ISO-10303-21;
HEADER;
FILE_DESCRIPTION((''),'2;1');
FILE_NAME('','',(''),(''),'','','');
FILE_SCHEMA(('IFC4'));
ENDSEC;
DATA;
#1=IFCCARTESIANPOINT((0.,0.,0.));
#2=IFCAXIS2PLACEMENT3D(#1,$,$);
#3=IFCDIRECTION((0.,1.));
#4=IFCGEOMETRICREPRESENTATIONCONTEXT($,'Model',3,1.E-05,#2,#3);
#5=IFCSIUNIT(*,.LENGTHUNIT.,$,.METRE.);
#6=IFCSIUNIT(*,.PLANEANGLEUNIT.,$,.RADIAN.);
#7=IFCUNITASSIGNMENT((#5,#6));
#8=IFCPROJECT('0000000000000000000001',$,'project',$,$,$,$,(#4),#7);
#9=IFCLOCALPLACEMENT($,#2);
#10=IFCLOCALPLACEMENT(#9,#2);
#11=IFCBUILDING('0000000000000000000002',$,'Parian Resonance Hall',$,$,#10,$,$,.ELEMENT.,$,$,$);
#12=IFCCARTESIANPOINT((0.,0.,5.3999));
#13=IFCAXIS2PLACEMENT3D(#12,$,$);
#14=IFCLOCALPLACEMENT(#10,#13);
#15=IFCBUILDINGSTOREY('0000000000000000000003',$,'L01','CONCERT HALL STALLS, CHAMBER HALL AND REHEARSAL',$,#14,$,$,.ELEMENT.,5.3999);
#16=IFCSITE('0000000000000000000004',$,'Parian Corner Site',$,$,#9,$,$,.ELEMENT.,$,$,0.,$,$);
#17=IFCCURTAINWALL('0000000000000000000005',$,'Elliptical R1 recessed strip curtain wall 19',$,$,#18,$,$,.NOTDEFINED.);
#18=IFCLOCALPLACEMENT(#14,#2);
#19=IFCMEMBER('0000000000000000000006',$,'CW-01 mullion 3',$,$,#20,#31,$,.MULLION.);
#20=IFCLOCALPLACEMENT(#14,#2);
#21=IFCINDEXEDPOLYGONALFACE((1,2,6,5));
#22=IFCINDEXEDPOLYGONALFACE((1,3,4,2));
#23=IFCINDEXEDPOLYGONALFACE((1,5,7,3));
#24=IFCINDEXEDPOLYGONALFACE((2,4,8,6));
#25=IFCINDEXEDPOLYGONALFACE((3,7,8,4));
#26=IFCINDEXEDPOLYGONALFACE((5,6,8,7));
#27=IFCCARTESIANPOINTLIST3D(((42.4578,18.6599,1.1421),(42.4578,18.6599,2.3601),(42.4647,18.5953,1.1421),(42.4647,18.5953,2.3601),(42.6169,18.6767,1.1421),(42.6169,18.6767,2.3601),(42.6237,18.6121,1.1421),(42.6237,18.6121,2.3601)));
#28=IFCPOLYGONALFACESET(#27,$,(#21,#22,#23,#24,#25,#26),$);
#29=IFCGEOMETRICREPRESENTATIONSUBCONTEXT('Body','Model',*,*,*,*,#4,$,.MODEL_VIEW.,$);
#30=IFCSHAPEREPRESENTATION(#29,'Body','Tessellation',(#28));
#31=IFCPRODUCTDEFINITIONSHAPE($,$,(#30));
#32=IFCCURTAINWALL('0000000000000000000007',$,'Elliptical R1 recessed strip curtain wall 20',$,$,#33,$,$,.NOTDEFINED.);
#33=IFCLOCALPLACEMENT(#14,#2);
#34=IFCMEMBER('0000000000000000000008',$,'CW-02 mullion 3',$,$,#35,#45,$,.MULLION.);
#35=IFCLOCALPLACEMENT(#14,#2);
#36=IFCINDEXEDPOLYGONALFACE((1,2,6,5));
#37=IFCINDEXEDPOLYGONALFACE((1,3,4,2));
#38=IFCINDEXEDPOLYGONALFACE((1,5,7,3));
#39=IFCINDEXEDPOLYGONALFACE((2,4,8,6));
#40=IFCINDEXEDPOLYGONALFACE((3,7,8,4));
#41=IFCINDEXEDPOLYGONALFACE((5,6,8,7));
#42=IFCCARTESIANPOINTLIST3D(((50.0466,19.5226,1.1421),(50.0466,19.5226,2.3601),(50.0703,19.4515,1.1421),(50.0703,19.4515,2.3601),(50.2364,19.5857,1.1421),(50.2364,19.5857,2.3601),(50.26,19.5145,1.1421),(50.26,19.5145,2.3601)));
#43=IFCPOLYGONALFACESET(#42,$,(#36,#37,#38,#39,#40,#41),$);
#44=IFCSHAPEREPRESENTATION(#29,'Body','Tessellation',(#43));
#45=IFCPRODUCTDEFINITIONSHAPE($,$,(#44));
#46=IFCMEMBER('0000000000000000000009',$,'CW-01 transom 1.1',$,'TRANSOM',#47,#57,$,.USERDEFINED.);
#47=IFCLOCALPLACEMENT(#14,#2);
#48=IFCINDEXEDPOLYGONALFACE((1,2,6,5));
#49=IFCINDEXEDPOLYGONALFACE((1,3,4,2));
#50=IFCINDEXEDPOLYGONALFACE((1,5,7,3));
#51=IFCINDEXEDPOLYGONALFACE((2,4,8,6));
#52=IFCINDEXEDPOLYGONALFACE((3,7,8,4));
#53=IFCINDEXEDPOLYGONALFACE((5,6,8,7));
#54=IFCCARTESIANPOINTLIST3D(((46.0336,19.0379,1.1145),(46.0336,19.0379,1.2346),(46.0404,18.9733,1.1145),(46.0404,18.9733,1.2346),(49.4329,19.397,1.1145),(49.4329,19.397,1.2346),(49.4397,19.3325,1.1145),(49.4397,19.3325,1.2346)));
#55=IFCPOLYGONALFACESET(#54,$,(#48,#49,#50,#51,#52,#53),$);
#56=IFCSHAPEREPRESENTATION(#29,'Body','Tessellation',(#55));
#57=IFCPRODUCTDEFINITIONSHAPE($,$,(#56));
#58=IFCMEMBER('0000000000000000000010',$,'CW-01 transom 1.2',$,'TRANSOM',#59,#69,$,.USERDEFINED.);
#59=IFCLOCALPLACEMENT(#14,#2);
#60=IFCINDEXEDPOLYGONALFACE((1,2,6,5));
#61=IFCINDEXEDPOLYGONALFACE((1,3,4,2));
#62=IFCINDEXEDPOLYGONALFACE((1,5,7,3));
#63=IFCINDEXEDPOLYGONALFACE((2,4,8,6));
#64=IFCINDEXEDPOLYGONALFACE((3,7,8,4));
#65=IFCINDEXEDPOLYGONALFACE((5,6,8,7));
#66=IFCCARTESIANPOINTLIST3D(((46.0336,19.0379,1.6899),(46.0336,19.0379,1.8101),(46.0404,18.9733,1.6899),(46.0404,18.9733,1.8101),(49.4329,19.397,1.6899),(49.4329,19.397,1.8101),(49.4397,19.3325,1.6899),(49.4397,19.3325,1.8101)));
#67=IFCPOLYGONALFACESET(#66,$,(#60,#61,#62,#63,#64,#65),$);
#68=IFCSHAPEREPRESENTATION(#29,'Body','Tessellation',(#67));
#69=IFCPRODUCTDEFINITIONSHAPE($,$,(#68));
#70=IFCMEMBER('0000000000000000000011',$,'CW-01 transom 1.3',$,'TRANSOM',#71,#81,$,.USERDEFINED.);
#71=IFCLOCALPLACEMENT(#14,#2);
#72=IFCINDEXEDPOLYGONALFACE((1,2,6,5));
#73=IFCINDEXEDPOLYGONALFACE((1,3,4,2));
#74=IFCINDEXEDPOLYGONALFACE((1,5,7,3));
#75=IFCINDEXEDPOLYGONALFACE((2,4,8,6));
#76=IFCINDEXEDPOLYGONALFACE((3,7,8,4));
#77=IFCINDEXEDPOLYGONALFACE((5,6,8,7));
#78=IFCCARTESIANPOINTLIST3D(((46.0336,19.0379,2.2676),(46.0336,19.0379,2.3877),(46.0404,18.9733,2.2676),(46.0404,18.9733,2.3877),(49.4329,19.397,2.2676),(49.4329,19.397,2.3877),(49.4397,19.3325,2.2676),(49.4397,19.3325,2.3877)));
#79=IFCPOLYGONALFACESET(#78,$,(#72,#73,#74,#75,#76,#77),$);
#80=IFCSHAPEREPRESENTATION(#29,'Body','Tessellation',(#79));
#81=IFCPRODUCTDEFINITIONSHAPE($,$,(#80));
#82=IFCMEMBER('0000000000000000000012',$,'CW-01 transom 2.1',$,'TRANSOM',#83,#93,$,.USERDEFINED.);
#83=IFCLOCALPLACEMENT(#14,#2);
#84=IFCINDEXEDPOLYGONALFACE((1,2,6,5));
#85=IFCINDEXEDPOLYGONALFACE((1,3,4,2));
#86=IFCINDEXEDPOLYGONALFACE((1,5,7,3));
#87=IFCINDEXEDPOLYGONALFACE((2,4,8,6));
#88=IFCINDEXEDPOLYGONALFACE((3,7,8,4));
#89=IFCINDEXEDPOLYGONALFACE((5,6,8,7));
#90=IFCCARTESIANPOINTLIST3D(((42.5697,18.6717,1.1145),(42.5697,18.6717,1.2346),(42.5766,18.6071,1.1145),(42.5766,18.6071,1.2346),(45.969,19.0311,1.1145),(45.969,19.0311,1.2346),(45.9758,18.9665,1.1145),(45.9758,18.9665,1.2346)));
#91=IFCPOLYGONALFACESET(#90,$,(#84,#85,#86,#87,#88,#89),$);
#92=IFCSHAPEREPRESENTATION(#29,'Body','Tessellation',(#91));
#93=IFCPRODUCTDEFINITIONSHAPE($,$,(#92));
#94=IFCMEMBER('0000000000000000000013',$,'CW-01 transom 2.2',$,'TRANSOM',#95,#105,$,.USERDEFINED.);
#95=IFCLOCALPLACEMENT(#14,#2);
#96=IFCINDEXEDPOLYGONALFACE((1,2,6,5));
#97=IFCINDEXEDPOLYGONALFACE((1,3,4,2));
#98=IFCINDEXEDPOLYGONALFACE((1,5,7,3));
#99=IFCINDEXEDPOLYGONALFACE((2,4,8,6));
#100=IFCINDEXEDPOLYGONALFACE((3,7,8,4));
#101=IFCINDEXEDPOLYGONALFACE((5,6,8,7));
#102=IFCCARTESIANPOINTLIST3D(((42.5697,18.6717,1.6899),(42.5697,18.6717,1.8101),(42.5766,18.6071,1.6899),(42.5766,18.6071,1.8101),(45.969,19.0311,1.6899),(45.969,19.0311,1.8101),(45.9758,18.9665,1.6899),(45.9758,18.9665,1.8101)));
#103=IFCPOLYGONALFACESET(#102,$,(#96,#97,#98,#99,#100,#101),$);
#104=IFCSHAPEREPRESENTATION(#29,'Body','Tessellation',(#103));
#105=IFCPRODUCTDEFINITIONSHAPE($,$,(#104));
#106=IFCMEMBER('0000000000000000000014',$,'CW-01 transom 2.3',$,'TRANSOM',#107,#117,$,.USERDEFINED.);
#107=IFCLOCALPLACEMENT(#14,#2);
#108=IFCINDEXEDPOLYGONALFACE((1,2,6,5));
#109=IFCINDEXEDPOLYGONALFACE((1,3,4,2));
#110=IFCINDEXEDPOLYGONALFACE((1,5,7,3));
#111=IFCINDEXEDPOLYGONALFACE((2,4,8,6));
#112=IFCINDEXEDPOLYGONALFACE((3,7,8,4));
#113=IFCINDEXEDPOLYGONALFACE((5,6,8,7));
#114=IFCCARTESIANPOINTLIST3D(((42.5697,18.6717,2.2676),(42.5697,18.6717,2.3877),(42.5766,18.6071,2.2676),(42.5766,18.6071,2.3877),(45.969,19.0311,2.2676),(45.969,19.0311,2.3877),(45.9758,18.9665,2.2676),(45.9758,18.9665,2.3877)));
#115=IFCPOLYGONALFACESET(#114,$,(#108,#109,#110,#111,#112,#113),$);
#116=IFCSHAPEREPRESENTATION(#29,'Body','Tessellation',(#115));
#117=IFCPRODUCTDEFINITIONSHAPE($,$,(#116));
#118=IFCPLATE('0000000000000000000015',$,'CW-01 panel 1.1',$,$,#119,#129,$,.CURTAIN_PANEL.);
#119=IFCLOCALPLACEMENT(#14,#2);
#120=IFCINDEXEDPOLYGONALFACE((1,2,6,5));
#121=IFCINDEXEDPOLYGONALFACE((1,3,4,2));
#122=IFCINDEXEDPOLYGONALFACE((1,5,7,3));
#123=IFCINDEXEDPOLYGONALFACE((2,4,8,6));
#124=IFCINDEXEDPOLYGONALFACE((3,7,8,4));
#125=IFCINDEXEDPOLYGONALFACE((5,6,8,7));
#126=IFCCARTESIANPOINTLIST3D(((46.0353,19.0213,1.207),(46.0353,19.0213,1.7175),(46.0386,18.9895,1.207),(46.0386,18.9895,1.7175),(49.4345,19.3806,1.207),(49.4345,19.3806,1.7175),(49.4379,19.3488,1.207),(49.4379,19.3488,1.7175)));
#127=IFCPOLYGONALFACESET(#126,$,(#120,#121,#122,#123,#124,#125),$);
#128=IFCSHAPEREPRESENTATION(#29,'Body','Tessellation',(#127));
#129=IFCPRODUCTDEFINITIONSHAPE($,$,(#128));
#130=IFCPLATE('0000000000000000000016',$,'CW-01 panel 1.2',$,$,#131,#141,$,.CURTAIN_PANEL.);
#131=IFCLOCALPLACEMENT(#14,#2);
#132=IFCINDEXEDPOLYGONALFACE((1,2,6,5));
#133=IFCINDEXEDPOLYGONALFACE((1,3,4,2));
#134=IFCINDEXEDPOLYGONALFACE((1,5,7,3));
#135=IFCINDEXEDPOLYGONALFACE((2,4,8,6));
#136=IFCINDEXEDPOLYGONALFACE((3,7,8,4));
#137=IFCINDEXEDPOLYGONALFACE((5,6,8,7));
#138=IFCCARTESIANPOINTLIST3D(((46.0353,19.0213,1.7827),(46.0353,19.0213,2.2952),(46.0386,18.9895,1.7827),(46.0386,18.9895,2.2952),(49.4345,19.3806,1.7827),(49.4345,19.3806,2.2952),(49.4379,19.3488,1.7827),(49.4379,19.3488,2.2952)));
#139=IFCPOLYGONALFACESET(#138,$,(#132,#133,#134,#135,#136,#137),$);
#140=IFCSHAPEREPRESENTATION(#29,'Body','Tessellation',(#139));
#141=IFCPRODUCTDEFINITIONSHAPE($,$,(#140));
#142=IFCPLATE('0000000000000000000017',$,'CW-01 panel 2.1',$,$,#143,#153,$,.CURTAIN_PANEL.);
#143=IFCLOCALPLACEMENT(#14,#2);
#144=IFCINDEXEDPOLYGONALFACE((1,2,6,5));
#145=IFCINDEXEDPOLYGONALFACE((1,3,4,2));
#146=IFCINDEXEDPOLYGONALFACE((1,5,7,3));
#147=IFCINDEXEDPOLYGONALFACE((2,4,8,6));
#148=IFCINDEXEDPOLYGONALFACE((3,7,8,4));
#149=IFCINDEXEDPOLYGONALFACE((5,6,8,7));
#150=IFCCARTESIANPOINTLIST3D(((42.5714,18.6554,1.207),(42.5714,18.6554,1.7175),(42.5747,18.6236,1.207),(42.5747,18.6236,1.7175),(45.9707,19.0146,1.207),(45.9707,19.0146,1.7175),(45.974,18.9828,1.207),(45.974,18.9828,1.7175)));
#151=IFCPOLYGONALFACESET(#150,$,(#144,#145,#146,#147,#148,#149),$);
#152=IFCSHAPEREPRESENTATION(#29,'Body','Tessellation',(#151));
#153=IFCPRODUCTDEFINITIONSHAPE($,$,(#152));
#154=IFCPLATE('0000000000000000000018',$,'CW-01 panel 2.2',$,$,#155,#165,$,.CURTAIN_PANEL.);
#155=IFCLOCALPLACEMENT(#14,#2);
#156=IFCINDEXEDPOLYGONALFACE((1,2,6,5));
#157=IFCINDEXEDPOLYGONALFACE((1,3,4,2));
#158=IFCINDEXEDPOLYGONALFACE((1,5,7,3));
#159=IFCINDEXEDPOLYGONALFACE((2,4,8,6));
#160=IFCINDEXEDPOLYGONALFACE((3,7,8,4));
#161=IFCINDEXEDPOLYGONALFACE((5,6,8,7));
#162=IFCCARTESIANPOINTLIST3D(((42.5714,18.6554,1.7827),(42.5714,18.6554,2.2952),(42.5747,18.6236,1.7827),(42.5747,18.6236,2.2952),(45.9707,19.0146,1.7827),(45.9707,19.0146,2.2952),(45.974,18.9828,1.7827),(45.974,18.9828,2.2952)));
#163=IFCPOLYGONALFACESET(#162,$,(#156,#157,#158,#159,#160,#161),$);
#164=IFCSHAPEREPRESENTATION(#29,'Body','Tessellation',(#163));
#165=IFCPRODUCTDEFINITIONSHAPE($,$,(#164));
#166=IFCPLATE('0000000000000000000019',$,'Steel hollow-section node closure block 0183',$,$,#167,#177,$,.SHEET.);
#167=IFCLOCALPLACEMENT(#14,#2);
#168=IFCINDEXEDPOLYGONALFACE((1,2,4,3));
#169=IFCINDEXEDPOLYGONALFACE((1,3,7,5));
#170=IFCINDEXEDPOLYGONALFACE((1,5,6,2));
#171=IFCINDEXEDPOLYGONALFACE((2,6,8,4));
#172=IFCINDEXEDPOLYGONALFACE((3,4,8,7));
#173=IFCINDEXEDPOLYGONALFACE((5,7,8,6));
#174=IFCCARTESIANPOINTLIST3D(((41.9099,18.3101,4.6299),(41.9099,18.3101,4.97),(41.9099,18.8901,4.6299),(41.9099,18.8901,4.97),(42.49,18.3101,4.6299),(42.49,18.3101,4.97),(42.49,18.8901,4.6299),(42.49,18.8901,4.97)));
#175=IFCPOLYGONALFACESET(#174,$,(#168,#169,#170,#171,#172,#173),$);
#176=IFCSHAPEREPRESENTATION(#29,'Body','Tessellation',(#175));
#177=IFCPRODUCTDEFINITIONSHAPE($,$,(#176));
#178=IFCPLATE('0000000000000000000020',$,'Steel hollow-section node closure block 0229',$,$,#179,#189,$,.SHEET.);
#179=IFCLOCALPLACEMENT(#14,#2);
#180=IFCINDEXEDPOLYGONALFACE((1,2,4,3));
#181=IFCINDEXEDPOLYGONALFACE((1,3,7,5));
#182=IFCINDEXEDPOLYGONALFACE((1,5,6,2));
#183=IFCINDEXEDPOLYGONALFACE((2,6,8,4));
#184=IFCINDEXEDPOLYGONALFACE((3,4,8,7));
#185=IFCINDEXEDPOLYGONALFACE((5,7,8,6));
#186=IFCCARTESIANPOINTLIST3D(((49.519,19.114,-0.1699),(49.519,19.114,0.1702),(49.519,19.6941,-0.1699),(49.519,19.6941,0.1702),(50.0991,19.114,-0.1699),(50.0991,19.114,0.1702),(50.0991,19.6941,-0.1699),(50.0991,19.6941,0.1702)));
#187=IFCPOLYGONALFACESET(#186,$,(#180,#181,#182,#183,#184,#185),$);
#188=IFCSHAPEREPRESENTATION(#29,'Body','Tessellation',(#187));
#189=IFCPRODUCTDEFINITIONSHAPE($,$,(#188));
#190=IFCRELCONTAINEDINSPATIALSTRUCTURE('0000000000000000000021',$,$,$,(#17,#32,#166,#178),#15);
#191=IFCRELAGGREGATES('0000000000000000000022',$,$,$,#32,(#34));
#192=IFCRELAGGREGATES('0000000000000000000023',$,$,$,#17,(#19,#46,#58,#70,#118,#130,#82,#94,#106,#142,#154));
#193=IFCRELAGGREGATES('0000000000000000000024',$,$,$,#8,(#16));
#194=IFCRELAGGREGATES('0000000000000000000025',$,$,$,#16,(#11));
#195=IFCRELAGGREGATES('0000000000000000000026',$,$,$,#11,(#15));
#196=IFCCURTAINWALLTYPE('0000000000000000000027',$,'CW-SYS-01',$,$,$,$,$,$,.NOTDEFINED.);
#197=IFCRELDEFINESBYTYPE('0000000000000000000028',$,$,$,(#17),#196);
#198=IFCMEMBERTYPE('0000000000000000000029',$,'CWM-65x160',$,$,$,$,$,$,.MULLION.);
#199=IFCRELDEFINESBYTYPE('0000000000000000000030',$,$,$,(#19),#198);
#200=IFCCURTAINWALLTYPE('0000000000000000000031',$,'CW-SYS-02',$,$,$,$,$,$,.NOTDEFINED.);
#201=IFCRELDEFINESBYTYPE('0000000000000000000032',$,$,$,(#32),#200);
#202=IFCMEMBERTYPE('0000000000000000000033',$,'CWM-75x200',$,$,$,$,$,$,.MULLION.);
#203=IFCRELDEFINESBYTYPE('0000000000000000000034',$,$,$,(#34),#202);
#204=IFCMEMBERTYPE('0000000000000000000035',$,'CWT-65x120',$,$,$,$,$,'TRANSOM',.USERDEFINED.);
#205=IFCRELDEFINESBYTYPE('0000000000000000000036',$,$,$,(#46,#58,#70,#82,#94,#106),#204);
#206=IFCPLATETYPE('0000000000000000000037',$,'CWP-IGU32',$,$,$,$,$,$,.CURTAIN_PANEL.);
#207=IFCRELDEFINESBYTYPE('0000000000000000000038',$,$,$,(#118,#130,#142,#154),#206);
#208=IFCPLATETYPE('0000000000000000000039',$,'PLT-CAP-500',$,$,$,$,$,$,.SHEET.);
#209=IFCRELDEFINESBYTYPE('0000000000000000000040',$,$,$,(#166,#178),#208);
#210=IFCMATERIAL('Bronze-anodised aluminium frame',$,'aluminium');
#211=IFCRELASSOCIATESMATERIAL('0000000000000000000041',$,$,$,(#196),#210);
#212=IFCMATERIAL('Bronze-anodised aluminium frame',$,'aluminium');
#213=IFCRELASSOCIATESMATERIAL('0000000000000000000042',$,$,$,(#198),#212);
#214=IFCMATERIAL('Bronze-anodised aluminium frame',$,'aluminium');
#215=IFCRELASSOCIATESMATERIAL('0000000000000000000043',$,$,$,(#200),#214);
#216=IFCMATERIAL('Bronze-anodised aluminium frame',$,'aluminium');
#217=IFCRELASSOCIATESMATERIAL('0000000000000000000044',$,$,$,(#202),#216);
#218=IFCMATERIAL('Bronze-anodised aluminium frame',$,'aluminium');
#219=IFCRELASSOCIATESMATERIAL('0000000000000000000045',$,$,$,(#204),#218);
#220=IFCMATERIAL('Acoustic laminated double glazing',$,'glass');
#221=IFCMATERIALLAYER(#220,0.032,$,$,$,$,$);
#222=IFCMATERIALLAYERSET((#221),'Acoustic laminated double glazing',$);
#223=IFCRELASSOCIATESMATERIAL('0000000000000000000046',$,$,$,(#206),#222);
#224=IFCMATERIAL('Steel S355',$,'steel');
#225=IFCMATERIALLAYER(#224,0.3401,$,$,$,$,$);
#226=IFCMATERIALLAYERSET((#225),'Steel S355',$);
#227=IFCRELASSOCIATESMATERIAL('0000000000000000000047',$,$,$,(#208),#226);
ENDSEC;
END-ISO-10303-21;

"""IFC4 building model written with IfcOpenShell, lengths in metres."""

from ifc_helpers import new_model, si_unit, direction, frame, origin, origin_2d, place, context, subcontext, project, spatial, rectangle, extrude, material, layer, layer_set, material_profile, profile_set, type_object, element, aggregate, save


model = new_model("IFC4")

# Units and contexts
model_context = context("Model", 3, precision=1e-05, world=origin(), true_north=direction((0.0, 1.0)))
body_context = subcontext(model_context, "Body", "Model", "MODEL_VIEW")
ifc_project = project(units=[si_unit("LENGTHUNIT", "METRE"), si_unit("PLANEANGLEUNIT", "RADIAN")], contexts=[model_context])

# Site, building, storey
site_placement = place(None, origin())
site = spatial("IfcSite", under=ifc_project, at=site_placement, Name="Parian Corner Site", CompositionType="ELEMENT", RefElevation=0.0)
building_placement = place(site_placement, origin())
building = spatial("IfcBuilding", under=site, at=building_placement, Name="Parian Resonance Hall", CompositionType="ELEMENT")
storey_placement = place(building_placement, frame((0.0, 0.0, 5.3999)))
storey = spatial("IfcBuildingStorey", under=building, at=storey_placement, Name="L01", Description="CONCERT HALL STALLS, CHAMBER HALL AND REHEARSAL", CompositionType="ELEMENT", Elevation=5.3999)

# Curtain wall, member
ifc_material_1 = material(Name="Bronze-anodised aluminium frame", Category="aluminium")
curtain_wall_type_1 = type_object("IfcCurtainWallType", Name="CW-SYS-01", PredefinedType="NOTDEFINED", material=ifc_material_1)
curtain_wall_1_placement = place(storey_placement, origin())
curtain_wall_1 = element("IfcCurtainWall", 1, at=curtain_wall_1_placement, inside=storey, type_object=curtain_wall_type_1, Name="Elliptical R1 recessed strip curtain wall 19", PredefinedType="NOTDEFINED")
ifc_material_2 = material(Name="Bronze-anodised aluminium frame", Category="aluminium")
ifc_material_profile_1 = material_profile(ifc_material_2, rectangle(XDim=0.0649, YDim=0.1599, at=origin_2d()), Name="CWM-65x160")
ifc_profile_set_1 = profile_set([ifc_material_profile_1], Name="Bronze-anodised aluminium frame")
member_type_1 = type_object("IfcMemberType", Name="CWM-65x160", PredefinedType="MULLION", material=ifc_profile_set_1)
member_1_placement = place(storey_placement, frame((42.5408, 18.636, 1.1421), z_axis=(0.0, 0.0, 1.0), x_axis=(0.105102, -0.994461, 0.0)))
member_1 = element("IfcMember", 2, at=member_1_placement, type_object=member_type_1, Name="CW-01 mullion 3", PredefinedType="MULLION", context=body_context, shape_type="SweptSolid", body=[
    extrude(rectangle(XDim=0.0649, YDim=0.1599, at=origin_2d()), origin(), (0.0, 0.0, 1.0), 1.218),
])

# Curtain wall, member
ifc_material_3 = material(Name="Bronze-anodised aluminium frame", Category="aluminium")
curtain_wall_type_2 = type_object("IfcCurtainWallType", Name="CW-SYS-02", PredefinedType="NOTDEFINED", material=ifc_material_3)
curtain_wall_2_placement = place(storey_placement, origin())
curtain_wall_2 = element("IfcCurtainWall", 3, at=curtain_wall_2_placement, inside=storey, type_object=curtain_wall_type_2, Name="Elliptical R1 recessed strip curtain wall 20", PredefinedType="NOTDEFINED")
ifc_material_4 = material(Name="Bronze-anodised aluminium frame", Category="aluminium")
ifc_material_profile_2 = material_profile(ifc_material_4, rectangle(XDim=0.075, YDim=0.2, at=origin_2d()), Name="CWM-75x200")
ifc_profile_set_2 = profile_set([ifc_material_profile_2], Name="Bronze-anodised aluminium frame")
member_type_2 = type_object("IfcMemberType", Name="CWM-75x200", PredefinedType="MULLION", material=ifc_profile_set_2)
member_2_placement = place(storey_placement, frame((50.1533, 19.5186, 1.1421), z_axis=(0.0, 0.0, 1.0), x_axis=(0.315502, -0.948925, 0.0)))
member_2 = element("IfcMember", 4, at=member_2_placement, type_object=member_type_2, Name="CW-02 mullion 3", PredefinedType="MULLION", context=body_context, shape_type="SweptSolid", body=[
    extrude(rectangle(XDim=0.075, YDim=0.2, at=origin_2d()), origin(), (0.0, 0.0, 1.0), 1.218),
])
aggregate(curtain_wall_2, [member_2])

# Members
ifc_material_5 = material(Name="Bronze-anodised aluminium frame", Category="aluminium")
ifc_material_profile_3 = material_profile(ifc_material_5, rectangle(XDim=0.0649, YDim=0.1201, at=origin_2d()), Name="CWT-65x120")
ifc_profile_set_3 = profile_set([ifc_material_profile_3], Name="Bronze-anodised aluminium frame")
member_type_3 = type_object("IfcMemberType", Name="CWT-65x120", ElementType="TRANSOM", PredefinedType="USERDEFINED", material=ifc_profile_set_3)
member_3_placement = place(storey_placement, frame((49.4363, 19.3647, 1.1746), z_axis=(-0.994466, -0.10506, 0.0), x_axis=(0.10506, -0.994466, 0.0)))
member_3 = element("IfcMember", 5, at=member_3_placement, type_object=member_type_3, Name="CW-01 transom 1.1", ObjectType="TRANSOM", PredefinedType="USERDEFINED", context=body_context, shape_type="SweptSolid", body=[
    extrude(rectangle(XDim=0.0649, YDim=0.1201, at=origin_2d()), origin(), (0.0, 0.0, 1.0), 3.4182),
])
member_4_placement = place(storey_placement, frame((49.4363, 19.3647, 1.75), z_axis=(-0.994466, -0.10506, 0.0), x_axis=(0.10506, -0.994466, 0.0)))
member_4 = element("IfcMember", 6, at=member_4_placement, type_object=member_type_3, Name="CW-01 transom 1.2", ObjectType="TRANSOM", PredefinedType="USERDEFINED", context=body_context, shape_type="SweptSolid", body=[
    extrude(rectangle(XDim=0.0649, YDim=0.1201, at=origin_2d()), origin(), (0.0, 0.0, 1.0), 3.4182),
])
member_5_placement = place(storey_placement, frame((49.4363, 19.3647, 2.3276), z_axis=(-0.994466, -0.10506, 0.0), x_axis=(0.10506, -0.994466, 0.0)))
member_5 = element("IfcMember", 7, at=member_5_placement, type_object=member_type_3, Name="CW-01 transom 1.3", ObjectType="TRANSOM", PredefinedType="USERDEFINED", context=body_context, shape_type="SweptSolid", body=[
    extrude(rectangle(XDim=0.0649, YDim=0.1201, at=origin_2d()), origin(), (0.0, 0.0, 1.0), 3.4182),
])
member_6_placement = place(storey_placement, frame((45.9724, 18.9988, 1.1746), z_axis=(-0.994458, -0.105138, 0.0), x_axis=(0.105138, -0.994458, 0.0)))
member_6 = element("IfcMember", 8, at=member_6_placement, type_object=member_type_3, Name="CW-01 transom 2.1", ObjectType="TRANSOM", PredefinedType="USERDEFINED", context=body_context, shape_type="SweptSolid", body=[
    extrude(rectangle(XDim=0.0649, YDim=0.1201, at=origin_2d()), origin(), (0.0, 0.0, 1.0), 3.4182),
])
member_7_placement = place(storey_placement, frame((45.9724, 18.9988, 1.75), z_axis=(-0.994458, -0.105138, 0.0), x_axis=(0.105138, -0.994458, 0.0)))
member_7 = element("IfcMember", 9, at=member_7_placement, type_object=member_type_3, Name="CW-01 transom 2.2", ObjectType="TRANSOM", PredefinedType="USERDEFINED", context=body_context, shape_type="SweptSolid", body=[
    extrude(rectangle(XDim=0.0649, YDim=0.1201, at=origin_2d()), origin(), (0.0, 0.0, 1.0), 3.4182),
])
member_8_placement = place(storey_placement, frame((45.9724, 18.9988, 2.3276), z_axis=(-0.994458, -0.105138, 0.0), x_axis=(0.105138, -0.994458, 0.0)))
member_8 = element("IfcMember", 10, at=member_8_placement, type_object=member_type_3, Name="CW-01 transom 2.3", ObjectType="TRANSOM", PredefinedType="USERDEFINED", context=body_context, shape_type="SweptSolid", body=[
    extrude(rectangle(XDim=0.0649, YDim=0.1201, at=origin_2d()), origin(), (0.0, 0.0, 1.0), 3.4182),
])

# Plates
ifc_material_6 = material(Name="Acoustic laminated double glazing", Category="glass")
ifc_layer_1 = layer(ifc_material_6, 0.032)
ifc_layer_set_1 = layer_set([ifc_layer_1], Name="Acoustic laminated double glazing")
plate_type_1 = type_object("IfcPlateType", Name="CWP-IGU32", PredefinedType="CURTAIN_PANEL", material=ifc_layer_set_1)
plate_1_placement = place(storey_placement, frame((47.7366, 19.1851, 1.207), z_axis=(0.0, 0.0, 1.0), x_axis=(-0.994461, -0.105102, 0.0)))
plate_1 = element("IfcPlate", 11, at=plate_1_placement, type_object=plate_type_1, Name="CW-01 panel 1.1", PredefinedType="CURTAIN_PANEL", context=body_context, shape_type="SweptSolid", body=[
    extrude(rectangle(XDim=3.4182, YDim=0.032, at=origin_2d()), origin(), (0.0, 0.0, 1.0), 0.5105),
])
plate_2_placement = place(storey_placement, frame((47.7366, 19.1851, 1.7827), z_axis=(0.0, 0.0, 1.0), x_axis=(-0.994461, -0.105102, 0.0)))
plate_2 = element("IfcPlate", 12, at=plate_2_placement, type_object=plate_type_1, Name="CW-01 panel 1.2", PredefinedType="CURTAIN_PANEL", context=body_context, shape_type="SweptSolid", body=[
    extrude(rectangle(XDim=3.4182, YDim=0.032, at=origin_2d()), origin(), (0.0, 0.0, 1.0), 0.5125),
])
plate_3_placement = place(storey_placement, frame((44.2727, 18.8191, 1.207), z_axis=(0.0, 0.0, 1.0), x_axis=(-0.994461, -0.105102, 0.0)))
plate_3 = element("IfcPlate", 13, at=plate_3_placement, type_object=plate_type_1, Name="CW-01 panel 2.1", PredefinedType="CURTAIN_PANEL", context=body_context, shape_type="SweptSolid", body=[
    extrude(rectangle(XDim=3.4182, YDim=0.032, at=origin_2d()), origin(), (0.0, 0.0, 1.0), 0.5105),
])
plate_4_placement = place(storey_placement, frame((44.2727, 18.8191, 1.7827), z_axis=(0.0, 0.0, 1.0), x_axis=(-0.994461, -0.105102, 0.0)))
plate_4 = element("IfcPlate", 14, at=plate_4_placement, type_object=plate_type_1, Name="CW-01 panel 2.2", PredefinedType="CURTAIN_PANEL", context=body_context, shape_type="SweptSolid", body=[
    extrude(rectangle(XDim=3.4182, YDim=0.032, at=origin_2d()), origin(), (0.0, 0.0, 1.0), 0.5125),
])
aggregate(curtain_wall_1, [member_1, member_3, member_4, member_5, plate_1, plate_2, member_6, member_7, member_8, plate_3, plate_4])

# Plates
ifc_material_7 = material(Name="Steel S355", Category="steel")
ifc_layer_2 = layer(ifc_material_7, 0.3401)
ifc_layer_set_2 = layer_set([ifc_layer_2], Name="Steel S355")
plate_type_2 = type_object("IfcPlateType", Name="PLT-CAP-500", PredefinedType="SHEET", material=ifc_layer_set_2)
for number, where, z_axis, x_axis, name in (
    (15, (42.2, 18.6001, 4.6299), (0.0, 0.0, 1.0), (1.0, 0.0, 0.0), "Steel hollow-section node closure block 0183"),
    (16, (49.8091, 19.4041, -0.1699), (0.0, 0.0, 1.0), (1.0, 0.0, 0.0), "Steel hollow-section node closure block 0229"),
):
    element("IfcPlate", number, at=place(storey_placement, frame(where, z_axis=z_axis, x_axis=x_axis)), inside=storey, type_object=plate_type_2, Name=name, PredefinedType="SHEET", context=body_context, shape_type="SweptSolid", body=[
        extrude(rectangle(XDim=0.5801, YDim=0.5801, at=origin_2d()), origin(), (0.0, 0.0, 1.0), 0.3401),
    ])

save(model, "model.ifc")
